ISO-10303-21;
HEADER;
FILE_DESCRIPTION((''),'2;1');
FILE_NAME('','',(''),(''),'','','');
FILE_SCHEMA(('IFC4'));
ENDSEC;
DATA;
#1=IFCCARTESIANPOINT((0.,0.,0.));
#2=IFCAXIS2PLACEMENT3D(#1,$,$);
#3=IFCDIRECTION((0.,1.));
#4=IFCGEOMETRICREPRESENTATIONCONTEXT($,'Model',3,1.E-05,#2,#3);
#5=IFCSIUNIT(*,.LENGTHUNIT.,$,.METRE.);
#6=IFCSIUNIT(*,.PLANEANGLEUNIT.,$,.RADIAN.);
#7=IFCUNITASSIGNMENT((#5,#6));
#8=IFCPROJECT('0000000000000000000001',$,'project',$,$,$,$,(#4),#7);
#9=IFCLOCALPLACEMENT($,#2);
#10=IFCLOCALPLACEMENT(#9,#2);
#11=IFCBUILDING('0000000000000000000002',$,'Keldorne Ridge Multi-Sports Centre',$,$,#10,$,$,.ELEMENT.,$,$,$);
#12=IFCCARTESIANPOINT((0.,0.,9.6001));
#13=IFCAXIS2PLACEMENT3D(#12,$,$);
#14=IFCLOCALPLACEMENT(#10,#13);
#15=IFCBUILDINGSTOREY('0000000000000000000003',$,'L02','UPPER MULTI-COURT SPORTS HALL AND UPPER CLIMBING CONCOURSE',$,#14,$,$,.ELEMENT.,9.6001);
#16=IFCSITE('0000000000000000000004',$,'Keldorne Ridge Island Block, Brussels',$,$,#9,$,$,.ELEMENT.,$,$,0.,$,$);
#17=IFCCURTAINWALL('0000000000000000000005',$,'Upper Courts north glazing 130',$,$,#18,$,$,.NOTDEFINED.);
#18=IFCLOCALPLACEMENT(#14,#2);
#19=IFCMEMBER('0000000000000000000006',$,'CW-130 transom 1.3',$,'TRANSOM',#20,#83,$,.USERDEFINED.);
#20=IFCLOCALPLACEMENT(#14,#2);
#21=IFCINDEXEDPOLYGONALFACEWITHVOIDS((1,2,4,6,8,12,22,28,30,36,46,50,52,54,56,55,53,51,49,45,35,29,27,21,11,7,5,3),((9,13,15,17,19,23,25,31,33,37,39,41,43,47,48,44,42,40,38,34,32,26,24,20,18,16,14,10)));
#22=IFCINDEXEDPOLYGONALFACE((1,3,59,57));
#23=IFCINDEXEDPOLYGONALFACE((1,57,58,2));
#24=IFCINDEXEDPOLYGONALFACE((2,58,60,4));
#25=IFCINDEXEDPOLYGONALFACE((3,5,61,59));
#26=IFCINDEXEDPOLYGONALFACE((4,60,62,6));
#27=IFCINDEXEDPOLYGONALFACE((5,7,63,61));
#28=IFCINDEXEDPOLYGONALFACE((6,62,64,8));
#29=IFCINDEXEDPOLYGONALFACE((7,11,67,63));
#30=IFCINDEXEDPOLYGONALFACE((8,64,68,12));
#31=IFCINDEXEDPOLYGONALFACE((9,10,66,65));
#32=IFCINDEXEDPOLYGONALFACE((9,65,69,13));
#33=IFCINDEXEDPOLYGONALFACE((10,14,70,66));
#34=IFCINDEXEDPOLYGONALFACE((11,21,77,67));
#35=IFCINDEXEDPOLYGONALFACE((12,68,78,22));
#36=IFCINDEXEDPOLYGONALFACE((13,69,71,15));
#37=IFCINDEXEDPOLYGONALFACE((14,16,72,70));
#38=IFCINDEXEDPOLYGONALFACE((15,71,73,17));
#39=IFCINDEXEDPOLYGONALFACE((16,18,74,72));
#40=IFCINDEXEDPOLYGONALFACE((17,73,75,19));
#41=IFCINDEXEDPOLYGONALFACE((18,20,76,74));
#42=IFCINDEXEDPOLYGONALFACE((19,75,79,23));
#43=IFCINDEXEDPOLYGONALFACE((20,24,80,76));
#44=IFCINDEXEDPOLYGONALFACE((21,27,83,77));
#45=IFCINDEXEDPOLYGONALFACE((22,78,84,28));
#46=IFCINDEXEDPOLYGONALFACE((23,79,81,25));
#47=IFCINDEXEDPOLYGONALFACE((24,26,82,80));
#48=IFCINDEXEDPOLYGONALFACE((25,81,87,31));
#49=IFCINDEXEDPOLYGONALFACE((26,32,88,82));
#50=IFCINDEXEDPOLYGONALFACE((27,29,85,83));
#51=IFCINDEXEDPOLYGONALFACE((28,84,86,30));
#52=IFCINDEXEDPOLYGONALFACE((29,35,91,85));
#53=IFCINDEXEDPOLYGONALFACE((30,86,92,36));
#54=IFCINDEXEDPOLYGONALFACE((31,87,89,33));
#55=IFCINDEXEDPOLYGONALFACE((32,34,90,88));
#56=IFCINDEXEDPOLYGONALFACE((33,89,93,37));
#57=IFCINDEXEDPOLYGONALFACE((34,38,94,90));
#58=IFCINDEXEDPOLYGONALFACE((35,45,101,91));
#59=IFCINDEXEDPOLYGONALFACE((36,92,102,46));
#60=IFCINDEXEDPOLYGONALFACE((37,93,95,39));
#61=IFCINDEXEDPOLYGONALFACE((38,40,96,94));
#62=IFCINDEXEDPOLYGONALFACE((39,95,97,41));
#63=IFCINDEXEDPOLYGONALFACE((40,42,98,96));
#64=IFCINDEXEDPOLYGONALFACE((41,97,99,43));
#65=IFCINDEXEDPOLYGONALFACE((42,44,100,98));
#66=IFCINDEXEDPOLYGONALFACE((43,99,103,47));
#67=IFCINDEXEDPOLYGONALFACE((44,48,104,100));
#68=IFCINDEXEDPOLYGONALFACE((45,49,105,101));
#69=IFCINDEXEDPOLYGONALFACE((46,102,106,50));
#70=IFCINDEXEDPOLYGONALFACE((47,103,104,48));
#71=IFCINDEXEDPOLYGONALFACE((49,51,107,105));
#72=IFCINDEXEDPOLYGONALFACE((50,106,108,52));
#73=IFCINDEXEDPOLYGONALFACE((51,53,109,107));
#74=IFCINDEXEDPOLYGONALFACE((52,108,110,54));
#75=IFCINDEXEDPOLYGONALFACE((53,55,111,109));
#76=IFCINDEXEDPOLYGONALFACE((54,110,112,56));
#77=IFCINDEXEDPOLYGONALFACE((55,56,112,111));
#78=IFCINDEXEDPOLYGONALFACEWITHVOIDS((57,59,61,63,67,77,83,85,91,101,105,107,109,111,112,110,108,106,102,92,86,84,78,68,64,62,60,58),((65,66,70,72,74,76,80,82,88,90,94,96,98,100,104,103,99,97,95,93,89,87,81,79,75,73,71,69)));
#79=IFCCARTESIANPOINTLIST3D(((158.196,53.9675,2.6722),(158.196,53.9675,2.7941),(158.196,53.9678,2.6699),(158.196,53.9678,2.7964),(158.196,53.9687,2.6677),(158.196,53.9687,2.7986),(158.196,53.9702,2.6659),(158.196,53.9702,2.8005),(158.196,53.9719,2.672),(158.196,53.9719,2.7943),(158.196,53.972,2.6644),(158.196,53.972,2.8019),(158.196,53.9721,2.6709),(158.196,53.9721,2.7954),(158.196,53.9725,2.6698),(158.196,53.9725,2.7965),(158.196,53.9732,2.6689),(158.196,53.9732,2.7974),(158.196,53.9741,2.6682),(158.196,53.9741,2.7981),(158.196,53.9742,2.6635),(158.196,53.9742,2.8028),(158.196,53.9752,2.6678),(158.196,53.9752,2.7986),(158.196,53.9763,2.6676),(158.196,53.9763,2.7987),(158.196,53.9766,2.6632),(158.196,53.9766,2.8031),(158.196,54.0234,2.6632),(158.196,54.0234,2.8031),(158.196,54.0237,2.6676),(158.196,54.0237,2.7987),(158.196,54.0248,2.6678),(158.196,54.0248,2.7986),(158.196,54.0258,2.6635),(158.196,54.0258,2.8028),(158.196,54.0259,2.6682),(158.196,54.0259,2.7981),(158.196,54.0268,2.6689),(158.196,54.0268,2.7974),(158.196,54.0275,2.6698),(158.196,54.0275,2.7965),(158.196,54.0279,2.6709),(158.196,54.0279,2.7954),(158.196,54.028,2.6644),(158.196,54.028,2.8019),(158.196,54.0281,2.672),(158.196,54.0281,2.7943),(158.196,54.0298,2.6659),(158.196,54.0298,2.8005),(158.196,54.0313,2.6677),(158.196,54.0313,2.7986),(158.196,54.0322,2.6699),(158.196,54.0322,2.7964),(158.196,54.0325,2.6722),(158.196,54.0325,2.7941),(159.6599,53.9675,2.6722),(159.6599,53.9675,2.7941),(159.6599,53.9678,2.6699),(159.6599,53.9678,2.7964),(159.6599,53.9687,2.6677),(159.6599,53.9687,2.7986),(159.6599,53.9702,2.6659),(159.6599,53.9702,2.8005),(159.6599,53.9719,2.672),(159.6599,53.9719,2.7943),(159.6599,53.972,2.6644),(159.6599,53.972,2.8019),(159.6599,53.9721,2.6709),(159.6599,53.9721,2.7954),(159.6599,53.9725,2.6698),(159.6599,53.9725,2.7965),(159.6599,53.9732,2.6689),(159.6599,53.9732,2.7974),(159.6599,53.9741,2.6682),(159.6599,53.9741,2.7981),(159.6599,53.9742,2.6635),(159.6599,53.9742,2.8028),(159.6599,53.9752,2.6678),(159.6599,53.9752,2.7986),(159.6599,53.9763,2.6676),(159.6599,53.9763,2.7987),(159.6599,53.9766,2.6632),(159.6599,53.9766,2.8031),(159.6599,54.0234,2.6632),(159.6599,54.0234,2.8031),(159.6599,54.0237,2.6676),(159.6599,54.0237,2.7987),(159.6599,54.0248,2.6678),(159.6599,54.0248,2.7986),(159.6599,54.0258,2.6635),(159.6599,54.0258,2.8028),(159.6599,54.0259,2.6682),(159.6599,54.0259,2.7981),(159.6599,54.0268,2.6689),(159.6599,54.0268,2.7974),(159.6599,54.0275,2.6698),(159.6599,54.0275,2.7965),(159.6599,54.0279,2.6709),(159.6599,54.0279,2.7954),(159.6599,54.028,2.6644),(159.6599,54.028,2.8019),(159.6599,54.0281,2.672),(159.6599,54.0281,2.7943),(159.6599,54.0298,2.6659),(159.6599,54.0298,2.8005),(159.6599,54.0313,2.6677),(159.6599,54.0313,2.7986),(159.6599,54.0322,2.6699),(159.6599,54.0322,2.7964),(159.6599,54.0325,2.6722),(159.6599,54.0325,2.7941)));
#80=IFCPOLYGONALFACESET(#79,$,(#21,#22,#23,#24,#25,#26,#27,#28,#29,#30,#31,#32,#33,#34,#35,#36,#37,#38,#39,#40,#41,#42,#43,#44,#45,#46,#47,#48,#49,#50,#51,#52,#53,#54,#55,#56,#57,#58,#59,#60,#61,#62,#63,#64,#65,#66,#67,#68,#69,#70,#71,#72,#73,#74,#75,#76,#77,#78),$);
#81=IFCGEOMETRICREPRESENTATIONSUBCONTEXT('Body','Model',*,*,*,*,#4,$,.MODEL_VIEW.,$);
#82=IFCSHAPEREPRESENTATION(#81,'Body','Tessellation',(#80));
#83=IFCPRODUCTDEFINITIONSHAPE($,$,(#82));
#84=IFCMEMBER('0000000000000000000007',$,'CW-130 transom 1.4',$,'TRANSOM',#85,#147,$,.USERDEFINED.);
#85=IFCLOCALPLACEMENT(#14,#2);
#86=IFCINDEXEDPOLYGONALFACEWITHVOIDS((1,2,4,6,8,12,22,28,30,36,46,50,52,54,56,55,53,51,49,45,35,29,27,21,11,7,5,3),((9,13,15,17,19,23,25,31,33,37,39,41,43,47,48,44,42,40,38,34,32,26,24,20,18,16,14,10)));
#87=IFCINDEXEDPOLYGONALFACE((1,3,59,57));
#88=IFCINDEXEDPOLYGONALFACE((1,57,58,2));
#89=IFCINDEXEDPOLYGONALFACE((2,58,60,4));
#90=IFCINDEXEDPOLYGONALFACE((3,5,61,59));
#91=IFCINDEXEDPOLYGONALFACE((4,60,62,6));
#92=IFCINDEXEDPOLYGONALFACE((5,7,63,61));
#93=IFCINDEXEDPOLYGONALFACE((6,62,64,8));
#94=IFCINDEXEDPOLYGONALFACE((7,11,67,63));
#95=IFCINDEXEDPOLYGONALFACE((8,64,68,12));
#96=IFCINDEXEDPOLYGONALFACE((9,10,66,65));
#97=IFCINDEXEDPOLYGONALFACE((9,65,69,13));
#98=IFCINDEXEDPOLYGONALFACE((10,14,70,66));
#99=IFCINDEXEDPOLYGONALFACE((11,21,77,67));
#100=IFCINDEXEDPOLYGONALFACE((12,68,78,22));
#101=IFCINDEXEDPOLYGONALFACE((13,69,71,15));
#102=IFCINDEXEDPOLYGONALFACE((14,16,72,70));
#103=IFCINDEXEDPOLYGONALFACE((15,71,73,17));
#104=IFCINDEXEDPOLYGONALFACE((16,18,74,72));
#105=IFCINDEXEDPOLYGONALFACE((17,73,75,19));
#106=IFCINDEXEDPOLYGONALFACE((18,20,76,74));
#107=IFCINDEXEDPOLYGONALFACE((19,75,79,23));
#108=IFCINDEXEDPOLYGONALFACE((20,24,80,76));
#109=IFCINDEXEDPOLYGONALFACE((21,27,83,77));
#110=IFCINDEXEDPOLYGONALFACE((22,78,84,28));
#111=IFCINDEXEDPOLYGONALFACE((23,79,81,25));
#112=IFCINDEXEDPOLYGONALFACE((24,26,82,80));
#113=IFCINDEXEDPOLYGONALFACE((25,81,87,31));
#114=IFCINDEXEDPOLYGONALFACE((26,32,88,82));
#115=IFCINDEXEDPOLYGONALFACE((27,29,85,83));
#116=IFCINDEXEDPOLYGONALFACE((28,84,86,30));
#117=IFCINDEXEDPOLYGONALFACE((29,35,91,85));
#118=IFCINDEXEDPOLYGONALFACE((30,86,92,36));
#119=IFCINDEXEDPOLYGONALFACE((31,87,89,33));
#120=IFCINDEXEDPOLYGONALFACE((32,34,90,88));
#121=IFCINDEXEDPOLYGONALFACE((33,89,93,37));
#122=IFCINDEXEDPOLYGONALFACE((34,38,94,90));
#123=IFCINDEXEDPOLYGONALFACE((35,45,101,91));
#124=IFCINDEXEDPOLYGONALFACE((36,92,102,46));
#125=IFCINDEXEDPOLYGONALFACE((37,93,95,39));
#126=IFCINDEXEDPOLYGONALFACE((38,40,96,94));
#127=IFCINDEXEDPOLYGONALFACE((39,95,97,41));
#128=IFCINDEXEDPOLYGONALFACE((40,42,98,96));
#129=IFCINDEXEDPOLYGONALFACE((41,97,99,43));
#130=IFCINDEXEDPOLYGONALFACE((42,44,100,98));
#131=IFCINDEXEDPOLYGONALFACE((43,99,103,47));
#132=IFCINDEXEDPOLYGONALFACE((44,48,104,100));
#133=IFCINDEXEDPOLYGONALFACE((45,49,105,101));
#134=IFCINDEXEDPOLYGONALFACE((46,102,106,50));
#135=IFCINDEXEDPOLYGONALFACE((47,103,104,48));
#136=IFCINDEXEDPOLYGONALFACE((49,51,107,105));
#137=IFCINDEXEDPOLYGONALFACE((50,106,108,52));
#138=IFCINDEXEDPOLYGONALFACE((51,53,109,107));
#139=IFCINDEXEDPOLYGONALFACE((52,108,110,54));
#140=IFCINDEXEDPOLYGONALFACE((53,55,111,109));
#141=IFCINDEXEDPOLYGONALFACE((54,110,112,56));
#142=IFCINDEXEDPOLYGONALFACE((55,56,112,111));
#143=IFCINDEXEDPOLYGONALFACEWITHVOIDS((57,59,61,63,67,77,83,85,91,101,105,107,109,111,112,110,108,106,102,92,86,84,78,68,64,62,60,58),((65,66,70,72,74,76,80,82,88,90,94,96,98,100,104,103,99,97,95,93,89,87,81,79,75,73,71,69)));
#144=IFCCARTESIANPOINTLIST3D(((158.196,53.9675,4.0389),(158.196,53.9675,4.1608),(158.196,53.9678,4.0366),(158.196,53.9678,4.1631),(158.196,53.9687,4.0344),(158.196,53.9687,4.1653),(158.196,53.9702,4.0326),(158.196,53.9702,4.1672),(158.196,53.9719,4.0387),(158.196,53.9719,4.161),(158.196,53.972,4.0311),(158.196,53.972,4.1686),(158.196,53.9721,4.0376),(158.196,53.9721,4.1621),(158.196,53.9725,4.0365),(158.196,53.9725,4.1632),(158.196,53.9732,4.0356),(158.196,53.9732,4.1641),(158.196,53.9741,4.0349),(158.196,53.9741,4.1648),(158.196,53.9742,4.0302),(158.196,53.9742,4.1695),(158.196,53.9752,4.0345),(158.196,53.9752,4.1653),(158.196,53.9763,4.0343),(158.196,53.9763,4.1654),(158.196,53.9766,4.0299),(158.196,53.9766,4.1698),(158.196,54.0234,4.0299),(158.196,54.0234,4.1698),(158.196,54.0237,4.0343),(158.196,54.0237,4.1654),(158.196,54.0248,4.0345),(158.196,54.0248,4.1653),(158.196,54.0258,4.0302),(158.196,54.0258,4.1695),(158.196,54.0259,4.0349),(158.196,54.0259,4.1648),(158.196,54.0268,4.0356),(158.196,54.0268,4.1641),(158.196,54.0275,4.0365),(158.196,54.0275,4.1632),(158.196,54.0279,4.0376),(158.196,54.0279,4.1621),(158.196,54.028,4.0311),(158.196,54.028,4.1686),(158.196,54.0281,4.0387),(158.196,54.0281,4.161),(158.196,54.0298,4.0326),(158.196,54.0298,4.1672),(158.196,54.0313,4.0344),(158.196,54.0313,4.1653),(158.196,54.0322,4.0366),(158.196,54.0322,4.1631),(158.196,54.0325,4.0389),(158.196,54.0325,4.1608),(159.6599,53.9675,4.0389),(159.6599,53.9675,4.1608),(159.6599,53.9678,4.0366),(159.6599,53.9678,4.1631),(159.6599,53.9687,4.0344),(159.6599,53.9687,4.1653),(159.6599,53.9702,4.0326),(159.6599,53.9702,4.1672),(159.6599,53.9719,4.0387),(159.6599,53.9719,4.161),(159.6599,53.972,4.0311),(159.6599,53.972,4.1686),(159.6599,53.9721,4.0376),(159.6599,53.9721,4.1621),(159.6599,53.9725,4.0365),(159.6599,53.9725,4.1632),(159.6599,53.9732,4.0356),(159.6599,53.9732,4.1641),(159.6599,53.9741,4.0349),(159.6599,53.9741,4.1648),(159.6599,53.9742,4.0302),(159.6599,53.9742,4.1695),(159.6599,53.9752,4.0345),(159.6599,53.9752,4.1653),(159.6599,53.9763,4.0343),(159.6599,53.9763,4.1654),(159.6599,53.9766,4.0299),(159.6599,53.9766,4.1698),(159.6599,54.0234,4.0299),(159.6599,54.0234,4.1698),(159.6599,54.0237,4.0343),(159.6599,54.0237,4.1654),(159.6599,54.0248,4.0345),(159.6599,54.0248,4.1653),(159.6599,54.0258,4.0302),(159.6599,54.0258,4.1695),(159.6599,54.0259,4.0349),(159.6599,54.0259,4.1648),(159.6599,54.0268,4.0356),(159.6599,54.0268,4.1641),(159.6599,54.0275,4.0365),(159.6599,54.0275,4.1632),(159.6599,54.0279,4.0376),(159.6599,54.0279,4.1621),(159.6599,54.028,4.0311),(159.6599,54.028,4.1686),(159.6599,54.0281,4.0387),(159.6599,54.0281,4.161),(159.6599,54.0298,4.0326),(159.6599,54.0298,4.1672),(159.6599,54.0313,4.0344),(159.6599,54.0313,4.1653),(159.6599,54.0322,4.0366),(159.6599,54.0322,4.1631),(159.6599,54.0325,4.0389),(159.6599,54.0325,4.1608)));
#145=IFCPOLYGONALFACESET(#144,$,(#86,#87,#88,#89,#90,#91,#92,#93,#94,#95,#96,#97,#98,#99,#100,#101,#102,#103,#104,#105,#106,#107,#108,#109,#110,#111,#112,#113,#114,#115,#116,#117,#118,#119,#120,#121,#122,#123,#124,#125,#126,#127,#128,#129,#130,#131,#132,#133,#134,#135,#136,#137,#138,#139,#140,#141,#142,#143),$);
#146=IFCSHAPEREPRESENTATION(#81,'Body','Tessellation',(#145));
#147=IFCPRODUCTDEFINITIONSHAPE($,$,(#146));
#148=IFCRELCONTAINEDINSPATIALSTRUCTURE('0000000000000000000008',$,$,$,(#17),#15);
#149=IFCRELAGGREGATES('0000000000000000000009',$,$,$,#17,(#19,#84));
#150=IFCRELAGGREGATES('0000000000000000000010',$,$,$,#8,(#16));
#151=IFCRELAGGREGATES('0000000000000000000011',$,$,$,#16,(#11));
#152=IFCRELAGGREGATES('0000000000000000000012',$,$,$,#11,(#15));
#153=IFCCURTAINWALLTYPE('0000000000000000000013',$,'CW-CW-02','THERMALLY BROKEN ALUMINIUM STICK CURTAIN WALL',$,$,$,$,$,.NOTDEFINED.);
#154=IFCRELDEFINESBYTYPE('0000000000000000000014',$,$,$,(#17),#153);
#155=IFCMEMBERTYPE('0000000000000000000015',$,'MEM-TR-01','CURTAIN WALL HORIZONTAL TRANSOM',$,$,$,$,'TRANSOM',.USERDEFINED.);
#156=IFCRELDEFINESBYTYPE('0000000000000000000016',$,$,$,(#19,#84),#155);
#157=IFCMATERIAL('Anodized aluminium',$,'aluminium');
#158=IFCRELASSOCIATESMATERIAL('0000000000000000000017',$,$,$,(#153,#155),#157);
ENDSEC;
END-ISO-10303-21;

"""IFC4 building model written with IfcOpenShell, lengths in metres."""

from ifc_helpers import new_model, si_unit, direction, frame, origin, origin_2d, place, context, subcontext, project, spatial, hollow_rectangle, extrude, material, material_profile, profile_set, type_object, element, aggregate, save


model = new_model("IFC4")

# Units and contexts
model_context = context("Model", 3, precision=1e-05, world=origin(), true_north=direction((0.0, 1.0)))
body_context = subcontext(model_context, "Body", "Model", "MODEL_VIEW")
ifc_project = project(units=[si_unit("LENGTHUNIT", "METRE"), si_unit("PLANEANGLEUNIT", "RADIAN")], contexts=[model_context])

# Site, building, storey
site_placement = place(None, origin())
site = spatial("IfcSite", under=ifc_project, at=site_placement, Name="Keldorne Ridge Island Block, Brussels", CompositionType="ELEMENT", RefElevation=0.0)
building_placement = place(site_placement, origin())
building = spatial("IfcBuilding", under=site, at=building_placement, Name="Keldorne Ridge Multi-Sports Centre", CompositionType="ELEMENT")
storey_placement = place(building_placement, frame((0.0, 0.0, 9.6001)))
storey = spatial("IfcBuildingStorey", under=building, at=storey_placement, Name="L02", Description="UPPER MULTI-COURT SPORTS HALL AND UPPER CLIMBING CONCOURSE", CompositionType="ELEMENT", Elevation=9.6001)

# Curtain wall, members
ifc_material_1 = material(Name="Anodized aluminium", Category="aluminium")
curtain_wall_type_1 = type_object("IfcCurtainWallType", Name="CW-CW-02", Description="THERMALLY BROKEN ALUMINIUM STICK CURTAIN WALL", PredefinedType="NOTDEFINED", material=ifc_material_1)
curtain_wall_1_placement = place(storey_placement, origin())
curtain_wall_1 = element("IfcCurtainWall", 1, at=curtain_wall_1_placement, inside=storey, type_object=curtain_wall_type_1, Name="Upper Courts north glazing 130", PredefinedType="NOTDEFINED")
ifc_material_profile_1 = material_profile(ifc_material_1, hollow_rectangle(XDim=0.0649, YDim=0.1399, WallThickness=0.0044, InnerFilletRadius=0.0044, OuterFilletRadius=0.009, at=origin_2d()), Name="ALU TRANSOM 140x65x4.5")
ifc_profile_set_1 = profile_set([ifc_material_profile_1], Name="Anodized aluminium")
member_type_1 = type_object("IfcMemberType", Name="MEM-TR-01", Description="CURTAIN WALL HORIZONTAL TRANSOM", ElementType="TRANSOM", PredefinedType="USERDEFINED", material=ifc_profile_set_1)
member_1_placement = place(storey_placement, frame((159.6599, 54.0, 2.7332), z_axis=(-1.0, 0.0, 0.0), x_axis=(0.0, -1.0, 0.0)))
member_1 = element("IfcMember", 2, at=member_1_placement, type_object=member_type_1, Name="CW-130 transom 1.3", ObjectType="TRANSOM", PredefinedType="USERDEFINED", context=body_context, shape_type="SweptSolid", body=[
    extrude(hollow_rectangle(XDim=0.0649, YDim=0.1399, WallThickness=0.0044, InnerFilletRadius=0.0044, OuterFilletRadius=0.009, at=origin_2d()), origin(), (0.0, 0.0, 1.0), 1.4639),
])
member_2_placement = place(storey_placement, frame((159.6599, 54.0, 4.0999), z_axis=(-1.0, 0.0, 0.0), x_axis=(0.0, -1.0, 0.0)))
member_2 = element("IfcMember", 3, at=member_2_placement, type_object=member_type_1, Name="CW-130 transom 1.4", ObjectType="TRANSOM", PredefinedType="USERDEFINED", context=body_context, shape_type="SweptSolid", body=[
    extrude(hollow_rectangle(XDim=0.0649, YDim=0.1399, WallThickness=0.0044, InnerFilletRadius=0.0044, OuterFilletRadius=0.009, at=origin_2d()), origin(), (0.0, 0.0, 1.0), 1.4639),
])
aggregate(curtain_wall_1, [member_1, member_2])

save(model, "model.ifc")
